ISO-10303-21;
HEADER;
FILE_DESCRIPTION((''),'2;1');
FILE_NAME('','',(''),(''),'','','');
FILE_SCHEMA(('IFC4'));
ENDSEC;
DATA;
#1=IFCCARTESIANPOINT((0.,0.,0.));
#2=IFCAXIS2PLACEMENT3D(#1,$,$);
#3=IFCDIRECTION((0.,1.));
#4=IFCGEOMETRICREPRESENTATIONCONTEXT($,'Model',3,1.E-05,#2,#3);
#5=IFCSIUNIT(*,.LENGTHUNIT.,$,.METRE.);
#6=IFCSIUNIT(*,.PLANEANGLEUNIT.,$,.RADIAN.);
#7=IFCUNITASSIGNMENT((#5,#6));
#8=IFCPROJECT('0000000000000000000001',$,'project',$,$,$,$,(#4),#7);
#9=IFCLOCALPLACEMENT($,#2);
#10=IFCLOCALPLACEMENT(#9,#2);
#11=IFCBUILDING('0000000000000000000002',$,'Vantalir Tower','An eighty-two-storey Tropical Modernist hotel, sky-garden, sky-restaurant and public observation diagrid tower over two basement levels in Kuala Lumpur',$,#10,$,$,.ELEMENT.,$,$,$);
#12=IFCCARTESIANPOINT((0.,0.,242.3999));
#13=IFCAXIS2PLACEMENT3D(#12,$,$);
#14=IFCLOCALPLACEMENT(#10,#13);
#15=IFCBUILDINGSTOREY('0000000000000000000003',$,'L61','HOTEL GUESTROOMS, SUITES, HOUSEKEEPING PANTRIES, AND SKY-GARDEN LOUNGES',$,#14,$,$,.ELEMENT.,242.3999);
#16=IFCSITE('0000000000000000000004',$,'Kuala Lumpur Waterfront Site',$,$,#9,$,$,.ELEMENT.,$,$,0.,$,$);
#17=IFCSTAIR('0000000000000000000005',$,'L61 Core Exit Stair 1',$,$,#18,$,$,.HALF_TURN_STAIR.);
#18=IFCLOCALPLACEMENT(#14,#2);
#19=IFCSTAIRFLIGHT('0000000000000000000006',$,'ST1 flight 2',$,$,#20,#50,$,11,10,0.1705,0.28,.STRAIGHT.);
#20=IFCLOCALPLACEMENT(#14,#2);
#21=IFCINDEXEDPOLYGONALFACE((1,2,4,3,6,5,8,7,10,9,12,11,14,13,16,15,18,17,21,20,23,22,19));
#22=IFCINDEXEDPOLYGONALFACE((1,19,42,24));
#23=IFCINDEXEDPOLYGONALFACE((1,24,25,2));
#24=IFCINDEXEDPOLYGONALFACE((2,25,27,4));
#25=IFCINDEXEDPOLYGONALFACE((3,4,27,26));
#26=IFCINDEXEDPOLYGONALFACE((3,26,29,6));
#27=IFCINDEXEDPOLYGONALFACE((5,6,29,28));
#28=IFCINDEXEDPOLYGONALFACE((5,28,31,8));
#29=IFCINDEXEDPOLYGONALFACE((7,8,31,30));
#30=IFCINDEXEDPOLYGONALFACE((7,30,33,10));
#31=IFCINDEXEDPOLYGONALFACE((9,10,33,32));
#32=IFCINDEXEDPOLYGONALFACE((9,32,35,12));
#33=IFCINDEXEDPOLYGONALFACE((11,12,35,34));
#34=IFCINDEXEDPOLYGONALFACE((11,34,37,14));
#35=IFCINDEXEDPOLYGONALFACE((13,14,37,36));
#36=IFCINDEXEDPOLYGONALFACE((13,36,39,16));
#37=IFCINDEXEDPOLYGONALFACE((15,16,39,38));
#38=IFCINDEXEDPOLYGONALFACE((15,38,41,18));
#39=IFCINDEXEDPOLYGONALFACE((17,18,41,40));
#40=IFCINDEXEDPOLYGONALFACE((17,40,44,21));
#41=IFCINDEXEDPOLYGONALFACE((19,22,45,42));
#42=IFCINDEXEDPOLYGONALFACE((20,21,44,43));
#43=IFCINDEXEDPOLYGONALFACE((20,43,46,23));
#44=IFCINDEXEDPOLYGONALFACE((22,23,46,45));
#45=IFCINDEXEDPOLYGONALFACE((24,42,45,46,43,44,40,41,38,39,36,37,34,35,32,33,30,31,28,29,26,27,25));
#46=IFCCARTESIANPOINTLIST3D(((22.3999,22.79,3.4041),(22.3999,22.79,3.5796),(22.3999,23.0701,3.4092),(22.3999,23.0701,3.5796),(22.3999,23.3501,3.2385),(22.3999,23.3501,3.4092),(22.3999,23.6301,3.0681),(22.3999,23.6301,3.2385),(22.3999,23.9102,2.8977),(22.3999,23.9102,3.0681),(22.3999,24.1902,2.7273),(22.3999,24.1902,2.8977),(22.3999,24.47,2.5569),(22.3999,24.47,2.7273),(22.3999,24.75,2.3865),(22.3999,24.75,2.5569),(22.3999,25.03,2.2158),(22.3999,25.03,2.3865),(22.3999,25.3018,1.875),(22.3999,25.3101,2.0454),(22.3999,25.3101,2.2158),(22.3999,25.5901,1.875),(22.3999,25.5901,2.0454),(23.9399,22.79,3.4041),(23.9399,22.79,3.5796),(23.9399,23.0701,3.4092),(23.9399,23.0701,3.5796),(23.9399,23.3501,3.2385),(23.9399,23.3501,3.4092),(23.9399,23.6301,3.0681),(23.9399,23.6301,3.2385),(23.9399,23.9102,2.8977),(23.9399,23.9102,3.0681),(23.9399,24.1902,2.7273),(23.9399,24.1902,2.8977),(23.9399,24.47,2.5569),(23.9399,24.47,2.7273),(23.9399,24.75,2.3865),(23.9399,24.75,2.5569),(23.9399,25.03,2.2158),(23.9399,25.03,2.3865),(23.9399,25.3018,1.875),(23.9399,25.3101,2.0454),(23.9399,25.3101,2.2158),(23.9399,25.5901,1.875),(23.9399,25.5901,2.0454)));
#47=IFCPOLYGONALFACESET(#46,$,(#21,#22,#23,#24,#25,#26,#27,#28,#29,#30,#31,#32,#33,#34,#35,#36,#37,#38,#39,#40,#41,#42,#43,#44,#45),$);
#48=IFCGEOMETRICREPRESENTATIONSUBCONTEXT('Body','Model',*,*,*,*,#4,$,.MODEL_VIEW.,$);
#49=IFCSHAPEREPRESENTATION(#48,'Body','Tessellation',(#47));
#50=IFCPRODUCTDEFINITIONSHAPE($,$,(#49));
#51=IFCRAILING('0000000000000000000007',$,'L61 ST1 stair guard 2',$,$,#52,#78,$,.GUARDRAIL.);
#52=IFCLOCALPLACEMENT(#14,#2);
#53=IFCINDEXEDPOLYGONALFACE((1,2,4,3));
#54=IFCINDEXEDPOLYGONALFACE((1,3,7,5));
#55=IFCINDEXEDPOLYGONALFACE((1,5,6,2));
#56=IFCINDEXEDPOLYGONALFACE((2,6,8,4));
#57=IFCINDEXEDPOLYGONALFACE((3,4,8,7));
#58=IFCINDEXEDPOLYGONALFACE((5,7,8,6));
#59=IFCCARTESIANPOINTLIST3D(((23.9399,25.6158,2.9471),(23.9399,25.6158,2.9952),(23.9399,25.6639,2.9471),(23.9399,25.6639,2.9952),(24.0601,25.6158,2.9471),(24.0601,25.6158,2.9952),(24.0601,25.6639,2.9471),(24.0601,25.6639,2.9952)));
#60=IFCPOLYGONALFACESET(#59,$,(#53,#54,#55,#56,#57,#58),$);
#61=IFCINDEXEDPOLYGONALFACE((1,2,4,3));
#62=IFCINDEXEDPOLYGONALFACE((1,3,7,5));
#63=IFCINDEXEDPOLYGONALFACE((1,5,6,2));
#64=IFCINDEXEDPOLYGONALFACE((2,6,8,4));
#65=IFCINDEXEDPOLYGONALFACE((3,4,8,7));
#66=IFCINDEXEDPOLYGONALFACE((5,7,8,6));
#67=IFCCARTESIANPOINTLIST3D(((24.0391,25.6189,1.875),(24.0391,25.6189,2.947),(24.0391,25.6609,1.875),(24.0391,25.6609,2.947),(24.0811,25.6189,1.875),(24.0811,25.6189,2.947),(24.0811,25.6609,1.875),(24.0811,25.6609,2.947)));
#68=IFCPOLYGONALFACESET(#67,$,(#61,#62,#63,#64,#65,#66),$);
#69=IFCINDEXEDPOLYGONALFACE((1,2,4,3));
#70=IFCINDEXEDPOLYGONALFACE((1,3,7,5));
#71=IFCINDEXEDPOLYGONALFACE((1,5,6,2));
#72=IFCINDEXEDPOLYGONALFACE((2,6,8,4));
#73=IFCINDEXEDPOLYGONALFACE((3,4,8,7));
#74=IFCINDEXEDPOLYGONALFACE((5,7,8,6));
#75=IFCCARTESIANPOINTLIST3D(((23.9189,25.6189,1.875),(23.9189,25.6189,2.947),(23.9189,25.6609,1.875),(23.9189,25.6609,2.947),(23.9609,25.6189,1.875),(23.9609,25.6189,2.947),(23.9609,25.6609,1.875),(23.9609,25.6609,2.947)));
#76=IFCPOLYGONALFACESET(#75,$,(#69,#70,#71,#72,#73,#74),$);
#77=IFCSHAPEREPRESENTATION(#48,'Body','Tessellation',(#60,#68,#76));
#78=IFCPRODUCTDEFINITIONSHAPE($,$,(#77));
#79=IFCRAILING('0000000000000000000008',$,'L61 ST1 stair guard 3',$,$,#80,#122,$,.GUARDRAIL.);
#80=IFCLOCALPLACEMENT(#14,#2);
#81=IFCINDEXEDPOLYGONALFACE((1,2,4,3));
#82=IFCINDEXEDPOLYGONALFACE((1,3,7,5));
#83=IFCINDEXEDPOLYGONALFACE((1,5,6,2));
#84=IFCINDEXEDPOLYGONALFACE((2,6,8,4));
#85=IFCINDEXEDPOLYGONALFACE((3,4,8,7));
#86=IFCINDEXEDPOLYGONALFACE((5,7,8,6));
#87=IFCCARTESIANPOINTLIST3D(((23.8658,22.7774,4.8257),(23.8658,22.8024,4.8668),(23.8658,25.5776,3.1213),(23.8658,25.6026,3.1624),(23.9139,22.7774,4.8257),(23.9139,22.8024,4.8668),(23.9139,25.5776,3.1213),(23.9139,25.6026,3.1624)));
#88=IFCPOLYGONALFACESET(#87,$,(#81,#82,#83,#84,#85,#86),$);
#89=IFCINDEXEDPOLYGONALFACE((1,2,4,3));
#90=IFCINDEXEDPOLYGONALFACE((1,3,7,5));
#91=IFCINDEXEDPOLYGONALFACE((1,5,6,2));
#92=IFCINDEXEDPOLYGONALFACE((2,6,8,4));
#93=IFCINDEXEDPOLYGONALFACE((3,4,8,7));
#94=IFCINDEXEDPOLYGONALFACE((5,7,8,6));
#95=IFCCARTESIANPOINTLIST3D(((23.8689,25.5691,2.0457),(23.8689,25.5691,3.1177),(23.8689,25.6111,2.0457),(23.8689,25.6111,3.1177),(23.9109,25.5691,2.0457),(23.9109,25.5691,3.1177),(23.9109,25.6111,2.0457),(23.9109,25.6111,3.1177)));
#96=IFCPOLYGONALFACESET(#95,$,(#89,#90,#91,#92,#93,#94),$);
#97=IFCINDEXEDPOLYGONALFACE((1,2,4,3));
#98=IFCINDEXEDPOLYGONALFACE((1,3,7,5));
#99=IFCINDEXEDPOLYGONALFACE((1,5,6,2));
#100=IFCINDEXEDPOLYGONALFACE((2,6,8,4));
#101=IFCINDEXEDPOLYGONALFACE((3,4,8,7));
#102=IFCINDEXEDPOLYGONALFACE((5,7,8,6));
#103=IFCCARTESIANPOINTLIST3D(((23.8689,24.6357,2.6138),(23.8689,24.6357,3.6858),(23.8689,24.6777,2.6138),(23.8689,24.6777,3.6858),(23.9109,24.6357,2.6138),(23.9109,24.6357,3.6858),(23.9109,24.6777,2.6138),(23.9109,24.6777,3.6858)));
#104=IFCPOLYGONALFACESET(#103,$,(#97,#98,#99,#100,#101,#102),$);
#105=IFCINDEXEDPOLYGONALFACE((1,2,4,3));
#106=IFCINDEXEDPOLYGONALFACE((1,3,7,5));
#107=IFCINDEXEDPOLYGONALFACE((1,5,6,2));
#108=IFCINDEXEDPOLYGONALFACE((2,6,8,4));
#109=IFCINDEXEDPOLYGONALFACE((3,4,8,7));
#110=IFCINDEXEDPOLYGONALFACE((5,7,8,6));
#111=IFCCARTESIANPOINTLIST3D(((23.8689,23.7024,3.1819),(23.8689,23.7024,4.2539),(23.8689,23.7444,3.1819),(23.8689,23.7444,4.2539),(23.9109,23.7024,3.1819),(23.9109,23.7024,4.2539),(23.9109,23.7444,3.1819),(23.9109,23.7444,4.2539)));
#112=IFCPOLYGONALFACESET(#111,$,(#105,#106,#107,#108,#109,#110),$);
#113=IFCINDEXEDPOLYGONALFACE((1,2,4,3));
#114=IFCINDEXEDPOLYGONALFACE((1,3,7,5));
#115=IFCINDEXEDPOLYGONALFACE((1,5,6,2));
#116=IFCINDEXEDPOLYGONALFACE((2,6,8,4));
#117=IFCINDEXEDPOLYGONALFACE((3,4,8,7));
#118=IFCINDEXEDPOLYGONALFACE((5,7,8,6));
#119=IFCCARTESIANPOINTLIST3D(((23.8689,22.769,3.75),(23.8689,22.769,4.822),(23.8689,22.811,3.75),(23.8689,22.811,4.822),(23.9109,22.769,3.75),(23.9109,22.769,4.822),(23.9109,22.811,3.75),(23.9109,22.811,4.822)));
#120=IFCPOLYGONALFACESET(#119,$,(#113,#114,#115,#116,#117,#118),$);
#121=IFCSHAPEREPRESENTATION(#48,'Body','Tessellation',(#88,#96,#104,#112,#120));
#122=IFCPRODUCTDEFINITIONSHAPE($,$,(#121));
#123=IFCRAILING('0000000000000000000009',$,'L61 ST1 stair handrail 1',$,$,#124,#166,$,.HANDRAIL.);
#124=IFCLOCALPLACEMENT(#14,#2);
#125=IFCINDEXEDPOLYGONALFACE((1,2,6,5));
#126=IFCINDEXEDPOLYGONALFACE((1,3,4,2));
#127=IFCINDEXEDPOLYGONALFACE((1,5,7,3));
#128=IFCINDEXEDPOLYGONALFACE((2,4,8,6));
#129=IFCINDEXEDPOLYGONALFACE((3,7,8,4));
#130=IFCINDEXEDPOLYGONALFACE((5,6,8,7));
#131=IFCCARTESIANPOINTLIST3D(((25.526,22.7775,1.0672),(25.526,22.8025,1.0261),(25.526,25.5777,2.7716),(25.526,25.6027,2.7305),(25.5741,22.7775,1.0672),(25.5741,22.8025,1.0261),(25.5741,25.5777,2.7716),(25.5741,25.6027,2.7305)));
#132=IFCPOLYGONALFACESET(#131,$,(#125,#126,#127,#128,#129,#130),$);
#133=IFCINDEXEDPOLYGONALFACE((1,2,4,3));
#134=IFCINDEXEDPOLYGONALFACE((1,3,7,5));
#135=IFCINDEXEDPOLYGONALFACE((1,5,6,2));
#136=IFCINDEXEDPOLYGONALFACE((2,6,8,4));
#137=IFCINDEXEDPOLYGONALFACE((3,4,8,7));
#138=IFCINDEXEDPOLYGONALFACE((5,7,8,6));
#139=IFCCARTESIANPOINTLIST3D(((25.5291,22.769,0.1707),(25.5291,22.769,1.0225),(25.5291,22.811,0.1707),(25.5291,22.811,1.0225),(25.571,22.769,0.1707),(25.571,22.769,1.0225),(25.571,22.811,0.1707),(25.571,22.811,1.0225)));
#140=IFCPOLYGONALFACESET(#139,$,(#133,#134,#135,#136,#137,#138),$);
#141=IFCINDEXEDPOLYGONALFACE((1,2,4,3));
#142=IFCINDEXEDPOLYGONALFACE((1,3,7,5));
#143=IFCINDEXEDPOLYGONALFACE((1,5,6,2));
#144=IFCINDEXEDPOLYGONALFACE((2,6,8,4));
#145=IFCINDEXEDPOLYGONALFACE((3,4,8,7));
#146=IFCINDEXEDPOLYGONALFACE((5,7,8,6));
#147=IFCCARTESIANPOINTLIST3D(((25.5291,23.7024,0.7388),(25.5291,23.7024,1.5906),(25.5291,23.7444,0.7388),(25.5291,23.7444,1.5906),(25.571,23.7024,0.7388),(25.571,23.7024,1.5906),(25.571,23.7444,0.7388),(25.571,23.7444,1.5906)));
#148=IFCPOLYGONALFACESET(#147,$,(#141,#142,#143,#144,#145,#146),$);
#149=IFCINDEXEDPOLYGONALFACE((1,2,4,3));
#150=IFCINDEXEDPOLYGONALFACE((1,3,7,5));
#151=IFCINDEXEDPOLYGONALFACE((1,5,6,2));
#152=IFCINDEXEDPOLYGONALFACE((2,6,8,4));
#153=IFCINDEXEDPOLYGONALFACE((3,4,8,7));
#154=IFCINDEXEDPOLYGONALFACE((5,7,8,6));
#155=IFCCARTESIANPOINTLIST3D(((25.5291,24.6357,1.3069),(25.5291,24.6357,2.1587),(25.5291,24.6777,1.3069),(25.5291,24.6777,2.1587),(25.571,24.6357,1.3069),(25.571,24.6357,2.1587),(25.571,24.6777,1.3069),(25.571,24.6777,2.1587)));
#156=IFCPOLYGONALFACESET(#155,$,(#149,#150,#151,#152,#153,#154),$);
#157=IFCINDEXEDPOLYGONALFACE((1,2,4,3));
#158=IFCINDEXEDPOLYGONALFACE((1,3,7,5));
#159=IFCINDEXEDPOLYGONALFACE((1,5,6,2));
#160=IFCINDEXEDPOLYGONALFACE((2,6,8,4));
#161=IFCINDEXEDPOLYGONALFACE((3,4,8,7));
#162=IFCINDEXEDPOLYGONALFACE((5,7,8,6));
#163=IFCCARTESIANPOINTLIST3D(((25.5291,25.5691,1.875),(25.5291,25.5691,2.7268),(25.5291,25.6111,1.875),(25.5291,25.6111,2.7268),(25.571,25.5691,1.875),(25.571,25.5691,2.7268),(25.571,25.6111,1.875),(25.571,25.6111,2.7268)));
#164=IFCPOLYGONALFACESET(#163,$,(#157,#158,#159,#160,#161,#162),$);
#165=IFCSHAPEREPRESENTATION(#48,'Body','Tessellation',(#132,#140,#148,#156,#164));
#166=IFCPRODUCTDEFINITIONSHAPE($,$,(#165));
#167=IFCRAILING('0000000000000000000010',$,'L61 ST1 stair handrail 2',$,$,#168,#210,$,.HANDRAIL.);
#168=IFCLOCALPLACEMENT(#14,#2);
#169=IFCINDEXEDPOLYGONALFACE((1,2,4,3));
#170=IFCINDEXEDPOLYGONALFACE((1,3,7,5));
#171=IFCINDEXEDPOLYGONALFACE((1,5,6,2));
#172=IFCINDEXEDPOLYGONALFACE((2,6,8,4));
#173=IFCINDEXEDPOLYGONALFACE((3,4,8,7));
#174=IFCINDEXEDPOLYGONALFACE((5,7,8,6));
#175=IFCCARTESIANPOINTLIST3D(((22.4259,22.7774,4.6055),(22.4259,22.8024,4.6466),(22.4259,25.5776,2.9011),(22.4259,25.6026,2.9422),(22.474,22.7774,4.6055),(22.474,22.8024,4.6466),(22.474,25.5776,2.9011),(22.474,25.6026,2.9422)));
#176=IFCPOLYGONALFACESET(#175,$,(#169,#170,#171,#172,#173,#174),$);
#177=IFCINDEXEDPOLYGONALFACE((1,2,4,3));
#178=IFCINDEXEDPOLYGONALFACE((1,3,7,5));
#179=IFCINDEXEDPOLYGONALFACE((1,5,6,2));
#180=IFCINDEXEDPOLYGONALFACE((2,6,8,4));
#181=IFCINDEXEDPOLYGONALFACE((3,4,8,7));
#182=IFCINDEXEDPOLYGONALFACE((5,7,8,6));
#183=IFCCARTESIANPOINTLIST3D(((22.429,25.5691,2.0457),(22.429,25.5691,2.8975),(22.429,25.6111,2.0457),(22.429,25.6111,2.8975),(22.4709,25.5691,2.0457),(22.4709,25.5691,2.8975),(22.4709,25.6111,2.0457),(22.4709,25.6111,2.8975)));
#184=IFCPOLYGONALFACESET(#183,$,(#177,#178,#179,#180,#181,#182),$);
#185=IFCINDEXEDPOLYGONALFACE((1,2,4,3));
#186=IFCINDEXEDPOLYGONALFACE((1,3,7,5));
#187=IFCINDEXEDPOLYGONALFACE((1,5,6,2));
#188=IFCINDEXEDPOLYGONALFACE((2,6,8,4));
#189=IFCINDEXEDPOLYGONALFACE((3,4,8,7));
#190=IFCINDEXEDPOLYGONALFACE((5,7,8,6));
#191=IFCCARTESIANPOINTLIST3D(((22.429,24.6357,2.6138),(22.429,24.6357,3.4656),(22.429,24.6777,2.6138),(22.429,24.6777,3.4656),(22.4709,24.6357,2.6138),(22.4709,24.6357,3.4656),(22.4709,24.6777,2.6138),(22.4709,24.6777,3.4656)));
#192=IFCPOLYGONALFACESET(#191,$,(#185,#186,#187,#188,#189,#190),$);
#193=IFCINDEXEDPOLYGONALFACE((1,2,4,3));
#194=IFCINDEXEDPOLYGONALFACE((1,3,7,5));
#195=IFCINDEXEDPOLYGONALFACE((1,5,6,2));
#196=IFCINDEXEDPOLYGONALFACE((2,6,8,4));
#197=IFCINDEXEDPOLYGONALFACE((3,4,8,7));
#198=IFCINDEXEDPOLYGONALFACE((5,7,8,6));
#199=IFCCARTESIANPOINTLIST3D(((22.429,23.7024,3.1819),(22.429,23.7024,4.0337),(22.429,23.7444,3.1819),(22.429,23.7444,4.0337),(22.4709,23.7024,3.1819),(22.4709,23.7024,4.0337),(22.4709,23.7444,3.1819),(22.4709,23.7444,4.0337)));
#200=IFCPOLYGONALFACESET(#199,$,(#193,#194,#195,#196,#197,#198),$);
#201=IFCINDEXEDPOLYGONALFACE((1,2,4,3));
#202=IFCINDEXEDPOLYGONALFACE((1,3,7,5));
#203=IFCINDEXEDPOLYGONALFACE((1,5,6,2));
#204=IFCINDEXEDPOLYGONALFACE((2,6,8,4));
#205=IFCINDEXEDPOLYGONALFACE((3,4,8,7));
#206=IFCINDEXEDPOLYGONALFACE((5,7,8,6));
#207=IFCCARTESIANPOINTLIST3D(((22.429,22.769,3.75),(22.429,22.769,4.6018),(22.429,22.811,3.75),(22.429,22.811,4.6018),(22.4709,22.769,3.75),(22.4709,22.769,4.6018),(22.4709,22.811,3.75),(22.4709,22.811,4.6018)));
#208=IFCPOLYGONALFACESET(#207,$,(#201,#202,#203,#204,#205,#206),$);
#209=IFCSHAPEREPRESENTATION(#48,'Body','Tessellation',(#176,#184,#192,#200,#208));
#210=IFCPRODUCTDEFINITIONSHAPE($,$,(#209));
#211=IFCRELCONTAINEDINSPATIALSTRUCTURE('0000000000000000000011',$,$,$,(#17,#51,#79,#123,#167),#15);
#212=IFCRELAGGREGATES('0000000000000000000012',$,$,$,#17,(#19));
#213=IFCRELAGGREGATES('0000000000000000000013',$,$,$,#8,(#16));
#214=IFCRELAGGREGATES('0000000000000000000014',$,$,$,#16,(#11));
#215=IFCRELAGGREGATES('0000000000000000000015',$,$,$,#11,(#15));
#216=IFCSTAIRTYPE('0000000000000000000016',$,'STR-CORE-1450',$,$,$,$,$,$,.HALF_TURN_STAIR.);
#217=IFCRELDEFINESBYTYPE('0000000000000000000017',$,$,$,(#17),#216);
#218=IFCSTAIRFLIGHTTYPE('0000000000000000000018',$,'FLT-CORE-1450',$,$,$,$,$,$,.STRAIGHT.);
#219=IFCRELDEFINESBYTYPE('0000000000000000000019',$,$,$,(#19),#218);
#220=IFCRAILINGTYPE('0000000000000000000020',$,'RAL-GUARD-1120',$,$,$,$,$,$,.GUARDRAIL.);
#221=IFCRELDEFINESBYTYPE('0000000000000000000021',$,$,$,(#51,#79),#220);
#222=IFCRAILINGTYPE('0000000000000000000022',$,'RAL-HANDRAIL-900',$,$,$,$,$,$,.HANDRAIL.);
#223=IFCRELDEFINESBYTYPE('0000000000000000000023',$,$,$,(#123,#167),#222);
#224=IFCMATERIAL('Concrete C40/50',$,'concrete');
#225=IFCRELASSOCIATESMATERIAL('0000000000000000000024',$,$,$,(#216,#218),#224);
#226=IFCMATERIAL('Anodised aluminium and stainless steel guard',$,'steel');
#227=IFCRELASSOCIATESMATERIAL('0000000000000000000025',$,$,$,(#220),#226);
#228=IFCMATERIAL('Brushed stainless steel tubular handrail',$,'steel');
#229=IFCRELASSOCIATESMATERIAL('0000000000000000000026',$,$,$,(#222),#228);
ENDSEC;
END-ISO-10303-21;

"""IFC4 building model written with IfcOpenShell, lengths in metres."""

from ifc_helpers import new_model, si_unit, direction, frame, origin, origin_2d, place, context, subcontext, project, spatial, polyline, rectangle, outline, extrude, material, type_object, element, aggregate, save


model = new_model("IFC4")

# Units and contexts
model_context = context("Model", 3, precision=1e-05, world=origin(), true_north=direction((0.0, 1.0)))
body_context = subcontext(model_context, "Body", "Model", "MODEL_VIEW")
ifc_project = project(units=[si_unit("LENGTHUNIT", "METRE"), si_unit("PLANEANGLEUNIT", "RADIAN")], contexts=[model_context])

# Site, building, storey
site_placement = place(None, origin())
site = spatial("IfcSite", under=ifc_project, at=site_placement, Name="Kuala Lumpur Waterfront Site", CompositionType="ELEMENT", RefElevation=0.0)
building_placement = place(site_placement, origin())
building = spatial("IfcBuilding", under=site, at=building_placement, Name="Vantalir Tower", Description="An eighty-two-storey Tropical Modernist hotel, sky-garden, sky-restaurant and public observation diagrid tower over two basement levels in Kuala Lumpur", CompositionType="ELEMENT")
storey_placement = place(building_placement, frame((0.0, 0.0, 242.3999)))
storey = spatial("IfcBuildingStorey", under=building, at=storey_placement, Name="L61", Description="HOTEL GUESTROOMS, SUITES, HOUSEKEEPING PANTRIES, AND SKY-GARDEN LOUNGES", CompositionType="ELEMENT", Elevation=242.3999)

# Stair, stair flight
ifc_material_1 = material(Name="Concrete C40/50", Category="concrete")
stair_type = type_object("IfcStairType", Name="STR-CORE-1450", PredefinedType="HALF_TURN_STAIR", material=ifc_material_1)
stair_placement = place(storey_placement, origin())
stair = element("IfcStair", 1, at=stair_placement, inside=storey, type_object=stair_type, Name="L61 Core Exit Stair 1", PredefinedType="HALF_TURN_STAIR")
stair_flight_type = type_object("IfcStairFlightType", Name="FLT-CORE-1450", PredefinedType="STRAIGHT", material=ifc_material_1)
stair_flight_placement = place(storey_placement, frame((23.1699, 25.5901, 1.875), z_axis=(0.0, 0.0, 1.0), x_axis=(0.0, -1.0, 0.0)))
stair_flight = element("IfcStairFlight", 2, at=stair_flight_placement, type_object=stair_flight_type, Name="ST1 flight 2", NumberOfRisers=11, NumberOfTreads=10, PredefinedType="STRAIGHT", RiserHeight=0.1705, TreadLength=0.28, context=body_context, shape_type="SweptSolid", body=[
    extrude(outline(polyline([(0.0, 0.0), (0.0, 0.1704), (0.28, 0.1704), (0.28, 0.3408), (0.5601, 0.3408), (0.5601, 0.5115), (0.8401, 0.5115), (0.8401, 0.6819), (1.1201, 0.6819), (1.1201, 0.8523), (1.3999, 0.8523), (1.3999, 1.0227), (1.6799, 1.0227), (1.6799, 1.1931), (1.96, 1.1931), (1.96, 1.3635), (2.24, 1.3635), (2.24, 1.5342), (2.52, 1.5342), (2.52, 1.7046), (2.8, 1.7046), (2.8, 1.875), (2.8, 1.5291), (0.2883, 0.0), (0.0, 0.0)])), frame((0.0, 0.77, 0.0), z_axis=(0.0, -1.0, 0.0), x_axis=(1.0, 0.0, 0.0)), (0.0, 0.0, 1.0), 1.54),
])
aggregate(stair, [stair_flight])

# Railings
ifc_material_2 = material(Name="Anodised aluminium and stainless steel guard", Category="steel")
railing_type_1 = type_object("IfcRailingType", Name="RAL-GUARD-1120", PredefinedType="GUARDRAIL", material=ifc_material_2)
railing_1_placement = place(storey_placement, frame((24.0601, 25.6399, 1.875)))
element("IfcRailing", 3, at=railing_1_placement, inside=storey, type_object=railing_type_1, Name="L61 ST1 stair guard 2", PredefinedType="GUARDRAIL", context=body_context, shape_type="SweptSolid", body=[
    extrude(rectangle(XDim=0.0481, YDim=0.0481, at=origin_2d()), frame((0.0, 0.0, 1.0962), z_axis=(-1.0, 0.0, 0.0), x_axis=(0.0, -1.0, 0.0)), (0.0, 0.0, 1.0), 0.1201),
    extrude(rectangle(XDim=0.042, YDim=0.042, at=origin_2d()), origin(), (0.0, 0.0, 1.0), 1.072),
    extrude(rectangle(XDim=0.042, YDim=0.042, at=origin_2d()), frame((-0.1201, 0.0, 0.0)), (0.0, 0.0, 1.0), 1.072),
])
railing_2_placement = place(storey_placement, frame((23.8899, 25.5901, 2.0457)))
element("IfcRailing", 4, at=railing_2_placement, inside=storey, type_object=railing_type_1, Name="L61 ST1 stair guard 3", PredefinedType="GUARDRAIL", context=body_context, shape_type="SweptSolid", body=[
    extrude(rectangle(XDim=0.0481, YDim=0.0481, at=origin_2d()), frame((0.0, 0.0, 1.0962), z_axis=(0.0, -0.854203, 0.51994), x_axis=(1.0, 0.0, 0.0)), (0.0, 0.0, 1.0), 3.2781),
    extrude(rectangle(XDim=0.042, YDim=0.042, at=origin_2d()), origin(), (0.0, 0.0, 1.0), 1.072),
    extrude(rectangle(XDim=0.042, YDim=0.042, at=origin_2d()), frame((0.0, -0.9333, 0.5681)), (0.0, 0.0, 1.0), 1.072),
    extrude(rectangle(XDim=0.042, YDim=0.042, at=origin_2d()), frame((0.0, -1.8667, 1.1362)), (0.0, 0.0, 1.0), 1.072),
    extrude(rectangle(XDim=0.042, YDim=0.042, at=origin_2d()), frame((0.0, -2.8, 1.7043)), (0.0, 0.0, 1.0), 1.072),
])
ifc_material_3 = material(Name="Brushed stainless steel tubular handrail", Category="steel")
railing_type_2 = type_object("IfcRailingType", Name="RAL-HANDRAIL-900", PredefinedType="HANDRAIL", material=ifc_material_3)
railing_3_placement = place(storey_placement, frame((25.55, 22.79, 0.1707)))
element("IfcRailing", 5, at=railing_3_placement, inside=storey, type_object=railing_type_2, Name="L61 ST1 stair handrail 1", PredefinedType="HANDRAIL", context=body_context, shape_type="SweptSolid", body=[
    extrude(rectangle(XDim=0.0481, YDim=0.0481, at=origin_2d()), frame((0.0, 0.0, 0.876), z_axis=(0.0, 0.854203, 0.51994), x_axis=(-1.0, 0.0, 0.0)), (0.0, 0.0, 1.0), 3.2781),
    extrude(rectangle(XDim=0.042, YDim=0.042, at=origin_2d()), origin(), (0.0, 0.0, 1.0), 0.8518),
    extrude(rectangle(XDim=0.042, YDim=0.042, at=origin_2d()), frame((0.0, 0.9333, 0.5681)), (0.0, 0.0, 1.0), 0.8518),
    extrude(rectangle(XDim=0.042, YDim=0.042, at=origin_2d()), frame((0.0, 1.8667, 1.1362)), (0.0, 0.0, 1.0), 0.8518),
    extrude(rectangle(XDim=0.042, YDim=0.042, at=origin_2d()), frame((0.0, 2.8, 1.7043)), (0.0, 0.0, 1.0), 0.8518),
])
railing_4_placement = place(storey_placement, frame((22.45, 25.5901, 2.0457)))
element("IfcRailing", 6, at=railing_4_placement, inside=storey, type_object=railing_type_2, Name="L61 ST1 stair handrail 2", PredefinedType="HANDRAIL", context=body_context, shape_type="SweptSolid", body=[
    extrude(rectangle(XDim=0.0481, YDim=0.0481, at=origin_2d()), frame((0.0, 0.0, 0.876), z_axis=(0.0, -0.854203, 0.51994), x_axis=(1.0, 0.0, 0.0)), (0.0, 0.0, 1.0), 3.2781),
    extrude(rectangle(XDim=0.042, YDim=0.042, at=origin_2d()), origin(), (0.0, 0.0, 1.0), 0.8518),
    extrude(rectangle(XDim=0.042, YDim=0.042, at=origin_2d()), frame((0.0, -0.9333, 0.5681)), (0.0, 0.0, 1.0), 0.8518),
    extrude(rectangle(XDim=0.042, YDim=0.042, at=origin_2d()), frame((0.0, -1.8667, 1.1362)), (0.0, 0.0, 1.0), 0.8518),
    extrude(rectangle(XDim=0.042, YDim=0.042, at=origin_2d()), frame((0.0, -2.8, 1.7043)), (0.0, 0.0, 1.0), 0.8518),
])

save(model, "model.ifc")
